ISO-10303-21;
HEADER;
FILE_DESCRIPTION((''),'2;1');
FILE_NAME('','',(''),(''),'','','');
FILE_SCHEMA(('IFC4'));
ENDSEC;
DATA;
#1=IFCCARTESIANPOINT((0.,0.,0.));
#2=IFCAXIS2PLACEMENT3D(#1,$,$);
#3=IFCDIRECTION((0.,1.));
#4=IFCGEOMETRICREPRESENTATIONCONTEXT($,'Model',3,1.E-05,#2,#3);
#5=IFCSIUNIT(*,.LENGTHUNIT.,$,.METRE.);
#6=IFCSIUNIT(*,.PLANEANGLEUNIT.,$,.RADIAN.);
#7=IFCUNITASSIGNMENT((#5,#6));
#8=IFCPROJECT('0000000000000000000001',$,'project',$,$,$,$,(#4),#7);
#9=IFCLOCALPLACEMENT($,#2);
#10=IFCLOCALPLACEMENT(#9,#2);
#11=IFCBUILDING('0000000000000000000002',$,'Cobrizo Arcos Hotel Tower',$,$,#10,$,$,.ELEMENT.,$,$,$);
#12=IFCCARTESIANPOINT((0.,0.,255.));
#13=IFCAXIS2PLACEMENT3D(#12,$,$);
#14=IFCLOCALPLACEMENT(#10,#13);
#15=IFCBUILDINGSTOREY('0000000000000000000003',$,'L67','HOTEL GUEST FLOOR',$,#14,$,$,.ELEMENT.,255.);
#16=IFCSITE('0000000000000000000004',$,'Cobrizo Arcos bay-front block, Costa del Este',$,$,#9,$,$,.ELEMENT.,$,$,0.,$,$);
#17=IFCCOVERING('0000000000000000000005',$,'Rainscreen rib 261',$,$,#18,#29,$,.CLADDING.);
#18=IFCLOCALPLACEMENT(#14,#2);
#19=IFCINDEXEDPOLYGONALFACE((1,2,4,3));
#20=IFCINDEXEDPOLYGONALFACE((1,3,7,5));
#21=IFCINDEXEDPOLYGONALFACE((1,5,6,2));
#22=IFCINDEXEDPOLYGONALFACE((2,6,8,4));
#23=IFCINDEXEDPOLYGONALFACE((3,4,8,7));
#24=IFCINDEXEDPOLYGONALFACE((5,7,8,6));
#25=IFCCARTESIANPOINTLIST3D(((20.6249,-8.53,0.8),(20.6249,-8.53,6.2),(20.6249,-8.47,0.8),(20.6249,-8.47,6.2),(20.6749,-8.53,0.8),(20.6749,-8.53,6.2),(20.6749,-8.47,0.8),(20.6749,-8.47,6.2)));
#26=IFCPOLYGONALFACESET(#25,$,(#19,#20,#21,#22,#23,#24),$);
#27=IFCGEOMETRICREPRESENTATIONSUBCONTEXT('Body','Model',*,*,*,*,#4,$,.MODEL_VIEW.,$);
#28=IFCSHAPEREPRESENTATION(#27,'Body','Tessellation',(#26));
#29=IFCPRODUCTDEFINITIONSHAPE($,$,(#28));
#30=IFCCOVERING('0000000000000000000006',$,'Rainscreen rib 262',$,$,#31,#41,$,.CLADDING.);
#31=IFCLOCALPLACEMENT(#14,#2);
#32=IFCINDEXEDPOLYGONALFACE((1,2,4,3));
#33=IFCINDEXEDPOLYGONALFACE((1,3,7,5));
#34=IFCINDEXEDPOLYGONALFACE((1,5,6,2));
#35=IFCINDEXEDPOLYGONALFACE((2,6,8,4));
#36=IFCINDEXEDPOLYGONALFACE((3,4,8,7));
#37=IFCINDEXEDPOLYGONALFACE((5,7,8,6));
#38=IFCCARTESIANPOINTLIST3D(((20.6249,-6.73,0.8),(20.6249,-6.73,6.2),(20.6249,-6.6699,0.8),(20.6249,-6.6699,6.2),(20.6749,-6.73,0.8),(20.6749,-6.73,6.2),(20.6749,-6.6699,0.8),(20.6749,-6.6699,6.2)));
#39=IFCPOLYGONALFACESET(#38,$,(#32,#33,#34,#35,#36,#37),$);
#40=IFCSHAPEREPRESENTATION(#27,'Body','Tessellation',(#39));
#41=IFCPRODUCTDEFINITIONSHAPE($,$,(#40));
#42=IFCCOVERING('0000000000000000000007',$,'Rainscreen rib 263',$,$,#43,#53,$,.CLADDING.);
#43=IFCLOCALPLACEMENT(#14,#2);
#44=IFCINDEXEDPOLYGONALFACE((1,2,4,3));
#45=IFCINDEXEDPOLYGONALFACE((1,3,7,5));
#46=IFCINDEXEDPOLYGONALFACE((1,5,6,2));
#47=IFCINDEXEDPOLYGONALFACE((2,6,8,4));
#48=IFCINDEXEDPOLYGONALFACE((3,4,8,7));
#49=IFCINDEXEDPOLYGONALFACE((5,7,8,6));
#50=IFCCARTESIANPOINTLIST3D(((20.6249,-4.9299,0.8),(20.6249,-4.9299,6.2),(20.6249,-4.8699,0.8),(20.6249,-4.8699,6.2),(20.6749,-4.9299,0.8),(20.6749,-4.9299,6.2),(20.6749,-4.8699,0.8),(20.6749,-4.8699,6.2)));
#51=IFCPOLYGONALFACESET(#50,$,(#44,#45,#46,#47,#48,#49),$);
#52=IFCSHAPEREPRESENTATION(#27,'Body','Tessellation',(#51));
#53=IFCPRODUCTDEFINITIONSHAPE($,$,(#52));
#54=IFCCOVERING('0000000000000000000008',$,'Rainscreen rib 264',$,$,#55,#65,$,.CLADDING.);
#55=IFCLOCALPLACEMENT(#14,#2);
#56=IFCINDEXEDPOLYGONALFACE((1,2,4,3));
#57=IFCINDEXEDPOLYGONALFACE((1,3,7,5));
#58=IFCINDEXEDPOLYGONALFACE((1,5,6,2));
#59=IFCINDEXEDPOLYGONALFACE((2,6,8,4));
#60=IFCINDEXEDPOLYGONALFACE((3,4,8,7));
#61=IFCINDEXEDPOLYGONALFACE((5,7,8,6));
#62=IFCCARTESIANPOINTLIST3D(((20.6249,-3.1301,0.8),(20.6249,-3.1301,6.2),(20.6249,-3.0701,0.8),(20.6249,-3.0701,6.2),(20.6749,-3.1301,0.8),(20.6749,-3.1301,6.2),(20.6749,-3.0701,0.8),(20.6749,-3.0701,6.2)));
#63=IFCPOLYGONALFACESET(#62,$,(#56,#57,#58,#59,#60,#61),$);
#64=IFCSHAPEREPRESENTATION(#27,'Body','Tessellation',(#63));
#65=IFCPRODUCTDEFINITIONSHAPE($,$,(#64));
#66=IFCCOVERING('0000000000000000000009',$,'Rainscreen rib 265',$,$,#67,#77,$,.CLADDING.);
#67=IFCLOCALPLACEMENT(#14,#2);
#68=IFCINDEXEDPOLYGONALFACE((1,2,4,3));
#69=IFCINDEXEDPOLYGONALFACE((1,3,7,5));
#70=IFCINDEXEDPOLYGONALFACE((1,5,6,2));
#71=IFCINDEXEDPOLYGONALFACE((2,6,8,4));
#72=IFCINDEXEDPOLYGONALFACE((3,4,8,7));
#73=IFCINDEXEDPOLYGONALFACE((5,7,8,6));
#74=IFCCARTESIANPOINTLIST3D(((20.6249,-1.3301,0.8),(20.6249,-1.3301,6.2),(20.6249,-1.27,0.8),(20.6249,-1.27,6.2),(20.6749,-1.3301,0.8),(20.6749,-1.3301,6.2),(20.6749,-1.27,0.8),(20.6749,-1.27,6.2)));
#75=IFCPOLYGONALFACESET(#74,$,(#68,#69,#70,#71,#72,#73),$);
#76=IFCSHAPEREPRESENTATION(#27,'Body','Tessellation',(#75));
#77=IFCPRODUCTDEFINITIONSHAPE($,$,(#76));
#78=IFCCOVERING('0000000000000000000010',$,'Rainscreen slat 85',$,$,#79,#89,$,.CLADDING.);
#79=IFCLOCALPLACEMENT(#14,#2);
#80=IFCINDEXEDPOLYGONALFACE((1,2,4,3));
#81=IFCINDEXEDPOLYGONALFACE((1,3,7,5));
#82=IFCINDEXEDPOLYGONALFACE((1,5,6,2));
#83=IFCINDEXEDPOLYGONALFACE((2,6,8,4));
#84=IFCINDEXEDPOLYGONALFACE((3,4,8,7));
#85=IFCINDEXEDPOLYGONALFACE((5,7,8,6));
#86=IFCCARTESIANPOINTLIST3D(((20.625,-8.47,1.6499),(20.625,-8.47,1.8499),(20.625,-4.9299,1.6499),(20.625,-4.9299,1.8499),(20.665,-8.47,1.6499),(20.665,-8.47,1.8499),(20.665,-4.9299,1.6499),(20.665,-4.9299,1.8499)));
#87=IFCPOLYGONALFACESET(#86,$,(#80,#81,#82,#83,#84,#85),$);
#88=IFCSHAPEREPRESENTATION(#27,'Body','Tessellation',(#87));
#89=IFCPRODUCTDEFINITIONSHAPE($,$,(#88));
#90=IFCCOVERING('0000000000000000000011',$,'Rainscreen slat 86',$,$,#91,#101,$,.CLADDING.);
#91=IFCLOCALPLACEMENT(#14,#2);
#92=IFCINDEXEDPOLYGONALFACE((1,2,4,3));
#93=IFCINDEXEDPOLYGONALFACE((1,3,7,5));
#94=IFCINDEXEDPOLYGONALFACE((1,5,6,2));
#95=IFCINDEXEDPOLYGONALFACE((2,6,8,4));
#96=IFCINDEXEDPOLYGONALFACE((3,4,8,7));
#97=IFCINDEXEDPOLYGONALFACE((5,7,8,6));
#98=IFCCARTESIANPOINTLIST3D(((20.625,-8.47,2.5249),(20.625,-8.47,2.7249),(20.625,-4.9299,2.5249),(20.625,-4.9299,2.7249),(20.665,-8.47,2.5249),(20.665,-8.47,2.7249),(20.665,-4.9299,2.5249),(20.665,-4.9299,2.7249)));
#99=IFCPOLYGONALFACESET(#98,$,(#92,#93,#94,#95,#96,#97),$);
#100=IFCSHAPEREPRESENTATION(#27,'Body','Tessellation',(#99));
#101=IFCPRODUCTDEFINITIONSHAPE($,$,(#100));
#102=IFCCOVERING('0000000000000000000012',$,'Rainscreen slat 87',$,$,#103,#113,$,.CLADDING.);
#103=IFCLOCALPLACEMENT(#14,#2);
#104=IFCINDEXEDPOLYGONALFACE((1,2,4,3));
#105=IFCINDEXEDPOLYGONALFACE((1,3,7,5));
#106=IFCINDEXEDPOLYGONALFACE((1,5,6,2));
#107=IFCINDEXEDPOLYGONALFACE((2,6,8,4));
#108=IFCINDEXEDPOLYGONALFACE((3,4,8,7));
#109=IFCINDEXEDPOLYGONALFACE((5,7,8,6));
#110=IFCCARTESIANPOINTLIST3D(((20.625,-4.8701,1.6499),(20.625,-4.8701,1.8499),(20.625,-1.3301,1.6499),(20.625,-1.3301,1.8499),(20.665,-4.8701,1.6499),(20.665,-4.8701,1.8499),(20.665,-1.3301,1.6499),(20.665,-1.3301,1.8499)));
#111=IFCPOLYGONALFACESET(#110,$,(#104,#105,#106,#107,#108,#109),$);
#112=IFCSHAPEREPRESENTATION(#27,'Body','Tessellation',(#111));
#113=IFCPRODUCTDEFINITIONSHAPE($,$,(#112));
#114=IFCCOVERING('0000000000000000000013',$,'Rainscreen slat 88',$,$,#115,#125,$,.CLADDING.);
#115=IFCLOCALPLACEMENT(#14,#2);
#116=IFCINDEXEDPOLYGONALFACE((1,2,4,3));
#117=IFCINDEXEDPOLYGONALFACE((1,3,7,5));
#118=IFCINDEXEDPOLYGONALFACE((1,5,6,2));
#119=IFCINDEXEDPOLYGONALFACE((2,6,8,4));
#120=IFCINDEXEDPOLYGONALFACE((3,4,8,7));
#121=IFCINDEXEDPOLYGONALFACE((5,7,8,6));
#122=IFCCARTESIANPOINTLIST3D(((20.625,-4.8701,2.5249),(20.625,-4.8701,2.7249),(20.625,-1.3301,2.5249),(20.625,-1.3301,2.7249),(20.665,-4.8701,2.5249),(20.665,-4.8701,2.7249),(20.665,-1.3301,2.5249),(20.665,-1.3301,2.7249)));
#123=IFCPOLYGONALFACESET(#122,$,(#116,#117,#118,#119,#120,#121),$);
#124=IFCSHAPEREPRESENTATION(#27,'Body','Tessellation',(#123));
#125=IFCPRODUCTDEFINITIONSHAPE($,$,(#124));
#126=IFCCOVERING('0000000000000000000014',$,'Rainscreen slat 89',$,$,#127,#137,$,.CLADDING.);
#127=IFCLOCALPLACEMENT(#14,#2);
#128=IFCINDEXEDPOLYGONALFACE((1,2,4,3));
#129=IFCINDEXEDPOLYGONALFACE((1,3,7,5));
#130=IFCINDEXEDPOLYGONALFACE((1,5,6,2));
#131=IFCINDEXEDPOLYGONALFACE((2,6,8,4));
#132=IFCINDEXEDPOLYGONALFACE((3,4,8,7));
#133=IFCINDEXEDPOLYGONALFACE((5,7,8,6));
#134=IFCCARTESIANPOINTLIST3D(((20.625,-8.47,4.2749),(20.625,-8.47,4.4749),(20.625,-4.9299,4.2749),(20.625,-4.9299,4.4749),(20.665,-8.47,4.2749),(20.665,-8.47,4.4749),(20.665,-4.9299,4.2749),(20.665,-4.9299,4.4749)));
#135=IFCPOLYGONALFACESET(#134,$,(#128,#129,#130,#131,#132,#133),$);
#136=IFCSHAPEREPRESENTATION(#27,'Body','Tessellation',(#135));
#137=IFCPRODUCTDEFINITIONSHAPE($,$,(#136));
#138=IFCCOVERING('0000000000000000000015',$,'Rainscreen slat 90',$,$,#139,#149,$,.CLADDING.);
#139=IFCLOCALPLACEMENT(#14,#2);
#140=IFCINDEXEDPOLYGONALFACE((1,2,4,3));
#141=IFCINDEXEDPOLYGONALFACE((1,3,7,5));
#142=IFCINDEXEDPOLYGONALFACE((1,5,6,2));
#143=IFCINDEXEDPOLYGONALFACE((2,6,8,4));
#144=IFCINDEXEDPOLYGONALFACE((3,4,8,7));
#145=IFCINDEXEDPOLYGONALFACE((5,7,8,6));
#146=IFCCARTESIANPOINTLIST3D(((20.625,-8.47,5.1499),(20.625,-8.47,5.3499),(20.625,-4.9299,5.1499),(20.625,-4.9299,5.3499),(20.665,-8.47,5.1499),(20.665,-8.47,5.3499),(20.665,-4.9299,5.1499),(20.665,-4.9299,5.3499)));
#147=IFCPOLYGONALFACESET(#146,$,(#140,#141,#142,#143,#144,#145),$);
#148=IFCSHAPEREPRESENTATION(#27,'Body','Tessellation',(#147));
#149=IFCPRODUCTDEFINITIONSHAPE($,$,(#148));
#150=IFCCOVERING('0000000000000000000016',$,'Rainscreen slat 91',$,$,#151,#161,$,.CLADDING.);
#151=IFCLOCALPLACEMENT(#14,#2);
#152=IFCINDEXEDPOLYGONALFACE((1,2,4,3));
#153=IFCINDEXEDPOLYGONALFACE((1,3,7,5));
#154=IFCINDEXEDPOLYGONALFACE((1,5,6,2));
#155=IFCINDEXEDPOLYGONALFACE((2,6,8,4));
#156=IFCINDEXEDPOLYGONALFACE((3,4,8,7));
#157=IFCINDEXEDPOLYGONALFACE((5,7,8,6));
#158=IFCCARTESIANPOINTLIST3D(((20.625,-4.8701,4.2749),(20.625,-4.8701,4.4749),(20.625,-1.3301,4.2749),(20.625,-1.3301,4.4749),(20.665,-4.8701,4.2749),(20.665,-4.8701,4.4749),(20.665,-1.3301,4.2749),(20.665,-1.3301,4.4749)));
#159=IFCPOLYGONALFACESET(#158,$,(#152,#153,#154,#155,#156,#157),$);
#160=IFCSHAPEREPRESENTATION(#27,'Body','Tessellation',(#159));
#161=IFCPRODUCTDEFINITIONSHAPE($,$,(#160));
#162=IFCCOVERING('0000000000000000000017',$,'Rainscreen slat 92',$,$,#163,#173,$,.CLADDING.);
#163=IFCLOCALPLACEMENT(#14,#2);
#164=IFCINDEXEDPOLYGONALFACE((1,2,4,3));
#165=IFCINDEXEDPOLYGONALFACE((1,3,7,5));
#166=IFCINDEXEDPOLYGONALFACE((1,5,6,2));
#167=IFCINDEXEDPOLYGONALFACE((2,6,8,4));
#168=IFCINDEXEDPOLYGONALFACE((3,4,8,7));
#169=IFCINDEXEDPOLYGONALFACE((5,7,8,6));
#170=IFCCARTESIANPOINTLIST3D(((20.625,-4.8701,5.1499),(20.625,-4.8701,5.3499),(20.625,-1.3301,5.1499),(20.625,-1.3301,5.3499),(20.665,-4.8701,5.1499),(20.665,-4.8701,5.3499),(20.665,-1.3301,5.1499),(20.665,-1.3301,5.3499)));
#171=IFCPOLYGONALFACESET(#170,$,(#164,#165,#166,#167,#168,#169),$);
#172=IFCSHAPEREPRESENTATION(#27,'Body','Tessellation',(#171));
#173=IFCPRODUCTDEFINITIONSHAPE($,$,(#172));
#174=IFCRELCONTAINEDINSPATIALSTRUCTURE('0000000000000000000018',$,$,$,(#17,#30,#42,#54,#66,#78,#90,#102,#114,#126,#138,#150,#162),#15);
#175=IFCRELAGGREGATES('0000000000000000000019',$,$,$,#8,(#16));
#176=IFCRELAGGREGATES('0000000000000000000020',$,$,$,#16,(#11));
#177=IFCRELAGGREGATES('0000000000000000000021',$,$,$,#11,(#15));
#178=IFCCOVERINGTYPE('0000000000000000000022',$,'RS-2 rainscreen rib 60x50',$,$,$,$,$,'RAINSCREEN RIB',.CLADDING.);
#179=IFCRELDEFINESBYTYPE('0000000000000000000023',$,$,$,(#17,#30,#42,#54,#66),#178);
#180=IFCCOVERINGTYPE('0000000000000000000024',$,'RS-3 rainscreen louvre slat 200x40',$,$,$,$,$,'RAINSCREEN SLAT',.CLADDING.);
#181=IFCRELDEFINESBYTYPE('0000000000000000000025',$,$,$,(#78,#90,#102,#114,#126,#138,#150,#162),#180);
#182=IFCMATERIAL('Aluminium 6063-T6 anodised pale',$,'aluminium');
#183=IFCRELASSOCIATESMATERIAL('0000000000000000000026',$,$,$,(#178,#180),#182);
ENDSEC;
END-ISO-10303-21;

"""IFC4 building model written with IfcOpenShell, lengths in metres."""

from ifc_helpers import new_model, si_unit, direction, frame, origin, origin_2d, place, context, subcontext, project, spatial, rectangle, extrude, material, type_object, element, save


model = new_model("IFC4")

# Units and contexts
model_context = context("Model", 3, precision=1e-05, world=origin(), true_north=direction((0.0, 1.0)))
body_context = subcontext(model_context, "Body", "Model", "MODEL_VIEW")
ifc_project = project(units=[si_unit("LENGTHUNIT", "METRE"), si_unit("PLANEANGLEUNIT", "RADIAN")], contexts=[model_context])

# Site, building, storey
site_placement = place(None, origin())
site = spatial("IfcSite", under=ifc_project, at=site_placement, Name="Cobrizo Arcos bay-front block, Costa del Este", CompositionType="ELEMENT", RefElevation=0.0)
building_placement = place(site_placement, origin())
building = spatial("IfcBuilding", under=site, at=building_placement, Name="Cobrizo Arcos Hotel Tower", CompositionType="ELEMENT")
storey_placement = place(building_placement, frame((0.0, 0.0, 255.0)))
storey = spatial("IfcBuildingStorey", under=building, at=storey_placement, Name="L67", Description="HOTEL GUEST FLOOR", CompositionType="ELEMENT", Elevation=255.0)

# Coverings
ifc_material_1 = material(Name="Aluminium 6063-T6 anodised pale", Category="aluminium")
covering_type_1 = type_object("IfcCoveringType", Name="RS-2 rainscreen rib 60x50", ElementType="RAINSCREEN RIB", PredefinedType="CLADDING", material=ifc_material_1)
for number, where, z_axis, x_axis, name in (
    (1, (20.6499, -8.5, 0.8), (0.0, 0.0, 1.0), (0.0, 1.0, 0.0), "Rainscreen rib 261"),
    (2, (20.6499, -6.7, 0.8), (0.0, 0.0, 1.0), (0.0, 1.0, 0.0), "Rainscreen rib 262"),
    (3, (20.6499, -4.8999, 0.8), (0.0, 0.0, 1.0), (0.0, 1.0, 0.0), "Rainscreen rib 263"),
    (4, (20.6499, -3.1001, 0.8), (0.0, 0.0, 1.0), (0.0, 1.0, 0.0), "Rainscreen rib 264"),
    (5, (20.6499, -1.3, 0.8), (0.0, 0.0, 1.0), (0.0, 1.0, 0.0), "Rainscreen rib 265"),
):
    element("IfcCovering", number, at=place(storey_placement, frame(where, z_axis=z_axis, x_axis=x_axis)), inside=storey, type_object=covering_type_1, Name=name, PredefinedType="CLADDING", context=body_context, shape_type="SweptSolid", body=[
        extrude(rectangle(XDim=0.0601, YDim=0.05, at=origin_2d()), origin(), (0.0, 0.0, 1.0), 5.3999),
    ])
covering_type_2 = type_object("IfcCoveringType", Name="RS-3 rainscreen louvre slat 200x40", ElementType="RAINSCREEN SLAT", PredefinedType="CLADDING", material=ifc_material_1)
for number, where, z_axis, x_axis, name in (
    (6, (20.645, -6.7, 1.6499), (0.0, 0.0, 1.0), (0.0, 1.0, 0.0), "Rainscreen slat 85"),
    (7, (20.645, -6.7, 2.5249), (0.0, 0.0, 1.0), (0.0, 1.0, 0.0), "Rainscreen slat 86"),
    (8, (20.645, -3.1001, 1.6499), (0.0, 0.0, 1.0), (0.0, 1.0, 0.0), "Rainscreen slat 87"),
    (9, (20.645, -3.1001, 2.5249), (0.0, 0.0, 1.0), (0.0, 1.0, 0.0), "Rainscreen slat 88"),
    (10, (20.645, -6.7, 4.2749), (0.0, 0.0, 1.0), (0.0, 1.0, 0.0), "Rainscreen slat 89"),
    (11, (20.645, -6.7, 5.1499), (0.0, 0.0, 1.0), (0.0, 1.0, 0.0), "Rainscreen slat 90"),
    (12, (20.645, -3.1001, 4.2749), (0.0, 0.0, 1.0), (0.0, 1.0, 0.0), "Rainscreen slat 91"),
    (13, (20.645, -3.1001, 5.1499), (0.0, 0.0, 1.0), (0.0, 1.0, 0.0), "Rainscreen slat 92"),
):
    element("IfcCovering", number, at=place(storey_placement, frame(where, z_axis=z_axis, x_axis=x_axis)), inside=storey, type_object=covering_type_2, Name=name, PredefinedType="CLADDING", context=body_context, shape_type="SweptSolid", body=[
        extrude(rectangle(XDim=3.54, YDim=0.04, at=origin_2d()), origin(), (0.0, 0.0, 1.0), 0.2),
    ])

save(model, "model.ifc")
